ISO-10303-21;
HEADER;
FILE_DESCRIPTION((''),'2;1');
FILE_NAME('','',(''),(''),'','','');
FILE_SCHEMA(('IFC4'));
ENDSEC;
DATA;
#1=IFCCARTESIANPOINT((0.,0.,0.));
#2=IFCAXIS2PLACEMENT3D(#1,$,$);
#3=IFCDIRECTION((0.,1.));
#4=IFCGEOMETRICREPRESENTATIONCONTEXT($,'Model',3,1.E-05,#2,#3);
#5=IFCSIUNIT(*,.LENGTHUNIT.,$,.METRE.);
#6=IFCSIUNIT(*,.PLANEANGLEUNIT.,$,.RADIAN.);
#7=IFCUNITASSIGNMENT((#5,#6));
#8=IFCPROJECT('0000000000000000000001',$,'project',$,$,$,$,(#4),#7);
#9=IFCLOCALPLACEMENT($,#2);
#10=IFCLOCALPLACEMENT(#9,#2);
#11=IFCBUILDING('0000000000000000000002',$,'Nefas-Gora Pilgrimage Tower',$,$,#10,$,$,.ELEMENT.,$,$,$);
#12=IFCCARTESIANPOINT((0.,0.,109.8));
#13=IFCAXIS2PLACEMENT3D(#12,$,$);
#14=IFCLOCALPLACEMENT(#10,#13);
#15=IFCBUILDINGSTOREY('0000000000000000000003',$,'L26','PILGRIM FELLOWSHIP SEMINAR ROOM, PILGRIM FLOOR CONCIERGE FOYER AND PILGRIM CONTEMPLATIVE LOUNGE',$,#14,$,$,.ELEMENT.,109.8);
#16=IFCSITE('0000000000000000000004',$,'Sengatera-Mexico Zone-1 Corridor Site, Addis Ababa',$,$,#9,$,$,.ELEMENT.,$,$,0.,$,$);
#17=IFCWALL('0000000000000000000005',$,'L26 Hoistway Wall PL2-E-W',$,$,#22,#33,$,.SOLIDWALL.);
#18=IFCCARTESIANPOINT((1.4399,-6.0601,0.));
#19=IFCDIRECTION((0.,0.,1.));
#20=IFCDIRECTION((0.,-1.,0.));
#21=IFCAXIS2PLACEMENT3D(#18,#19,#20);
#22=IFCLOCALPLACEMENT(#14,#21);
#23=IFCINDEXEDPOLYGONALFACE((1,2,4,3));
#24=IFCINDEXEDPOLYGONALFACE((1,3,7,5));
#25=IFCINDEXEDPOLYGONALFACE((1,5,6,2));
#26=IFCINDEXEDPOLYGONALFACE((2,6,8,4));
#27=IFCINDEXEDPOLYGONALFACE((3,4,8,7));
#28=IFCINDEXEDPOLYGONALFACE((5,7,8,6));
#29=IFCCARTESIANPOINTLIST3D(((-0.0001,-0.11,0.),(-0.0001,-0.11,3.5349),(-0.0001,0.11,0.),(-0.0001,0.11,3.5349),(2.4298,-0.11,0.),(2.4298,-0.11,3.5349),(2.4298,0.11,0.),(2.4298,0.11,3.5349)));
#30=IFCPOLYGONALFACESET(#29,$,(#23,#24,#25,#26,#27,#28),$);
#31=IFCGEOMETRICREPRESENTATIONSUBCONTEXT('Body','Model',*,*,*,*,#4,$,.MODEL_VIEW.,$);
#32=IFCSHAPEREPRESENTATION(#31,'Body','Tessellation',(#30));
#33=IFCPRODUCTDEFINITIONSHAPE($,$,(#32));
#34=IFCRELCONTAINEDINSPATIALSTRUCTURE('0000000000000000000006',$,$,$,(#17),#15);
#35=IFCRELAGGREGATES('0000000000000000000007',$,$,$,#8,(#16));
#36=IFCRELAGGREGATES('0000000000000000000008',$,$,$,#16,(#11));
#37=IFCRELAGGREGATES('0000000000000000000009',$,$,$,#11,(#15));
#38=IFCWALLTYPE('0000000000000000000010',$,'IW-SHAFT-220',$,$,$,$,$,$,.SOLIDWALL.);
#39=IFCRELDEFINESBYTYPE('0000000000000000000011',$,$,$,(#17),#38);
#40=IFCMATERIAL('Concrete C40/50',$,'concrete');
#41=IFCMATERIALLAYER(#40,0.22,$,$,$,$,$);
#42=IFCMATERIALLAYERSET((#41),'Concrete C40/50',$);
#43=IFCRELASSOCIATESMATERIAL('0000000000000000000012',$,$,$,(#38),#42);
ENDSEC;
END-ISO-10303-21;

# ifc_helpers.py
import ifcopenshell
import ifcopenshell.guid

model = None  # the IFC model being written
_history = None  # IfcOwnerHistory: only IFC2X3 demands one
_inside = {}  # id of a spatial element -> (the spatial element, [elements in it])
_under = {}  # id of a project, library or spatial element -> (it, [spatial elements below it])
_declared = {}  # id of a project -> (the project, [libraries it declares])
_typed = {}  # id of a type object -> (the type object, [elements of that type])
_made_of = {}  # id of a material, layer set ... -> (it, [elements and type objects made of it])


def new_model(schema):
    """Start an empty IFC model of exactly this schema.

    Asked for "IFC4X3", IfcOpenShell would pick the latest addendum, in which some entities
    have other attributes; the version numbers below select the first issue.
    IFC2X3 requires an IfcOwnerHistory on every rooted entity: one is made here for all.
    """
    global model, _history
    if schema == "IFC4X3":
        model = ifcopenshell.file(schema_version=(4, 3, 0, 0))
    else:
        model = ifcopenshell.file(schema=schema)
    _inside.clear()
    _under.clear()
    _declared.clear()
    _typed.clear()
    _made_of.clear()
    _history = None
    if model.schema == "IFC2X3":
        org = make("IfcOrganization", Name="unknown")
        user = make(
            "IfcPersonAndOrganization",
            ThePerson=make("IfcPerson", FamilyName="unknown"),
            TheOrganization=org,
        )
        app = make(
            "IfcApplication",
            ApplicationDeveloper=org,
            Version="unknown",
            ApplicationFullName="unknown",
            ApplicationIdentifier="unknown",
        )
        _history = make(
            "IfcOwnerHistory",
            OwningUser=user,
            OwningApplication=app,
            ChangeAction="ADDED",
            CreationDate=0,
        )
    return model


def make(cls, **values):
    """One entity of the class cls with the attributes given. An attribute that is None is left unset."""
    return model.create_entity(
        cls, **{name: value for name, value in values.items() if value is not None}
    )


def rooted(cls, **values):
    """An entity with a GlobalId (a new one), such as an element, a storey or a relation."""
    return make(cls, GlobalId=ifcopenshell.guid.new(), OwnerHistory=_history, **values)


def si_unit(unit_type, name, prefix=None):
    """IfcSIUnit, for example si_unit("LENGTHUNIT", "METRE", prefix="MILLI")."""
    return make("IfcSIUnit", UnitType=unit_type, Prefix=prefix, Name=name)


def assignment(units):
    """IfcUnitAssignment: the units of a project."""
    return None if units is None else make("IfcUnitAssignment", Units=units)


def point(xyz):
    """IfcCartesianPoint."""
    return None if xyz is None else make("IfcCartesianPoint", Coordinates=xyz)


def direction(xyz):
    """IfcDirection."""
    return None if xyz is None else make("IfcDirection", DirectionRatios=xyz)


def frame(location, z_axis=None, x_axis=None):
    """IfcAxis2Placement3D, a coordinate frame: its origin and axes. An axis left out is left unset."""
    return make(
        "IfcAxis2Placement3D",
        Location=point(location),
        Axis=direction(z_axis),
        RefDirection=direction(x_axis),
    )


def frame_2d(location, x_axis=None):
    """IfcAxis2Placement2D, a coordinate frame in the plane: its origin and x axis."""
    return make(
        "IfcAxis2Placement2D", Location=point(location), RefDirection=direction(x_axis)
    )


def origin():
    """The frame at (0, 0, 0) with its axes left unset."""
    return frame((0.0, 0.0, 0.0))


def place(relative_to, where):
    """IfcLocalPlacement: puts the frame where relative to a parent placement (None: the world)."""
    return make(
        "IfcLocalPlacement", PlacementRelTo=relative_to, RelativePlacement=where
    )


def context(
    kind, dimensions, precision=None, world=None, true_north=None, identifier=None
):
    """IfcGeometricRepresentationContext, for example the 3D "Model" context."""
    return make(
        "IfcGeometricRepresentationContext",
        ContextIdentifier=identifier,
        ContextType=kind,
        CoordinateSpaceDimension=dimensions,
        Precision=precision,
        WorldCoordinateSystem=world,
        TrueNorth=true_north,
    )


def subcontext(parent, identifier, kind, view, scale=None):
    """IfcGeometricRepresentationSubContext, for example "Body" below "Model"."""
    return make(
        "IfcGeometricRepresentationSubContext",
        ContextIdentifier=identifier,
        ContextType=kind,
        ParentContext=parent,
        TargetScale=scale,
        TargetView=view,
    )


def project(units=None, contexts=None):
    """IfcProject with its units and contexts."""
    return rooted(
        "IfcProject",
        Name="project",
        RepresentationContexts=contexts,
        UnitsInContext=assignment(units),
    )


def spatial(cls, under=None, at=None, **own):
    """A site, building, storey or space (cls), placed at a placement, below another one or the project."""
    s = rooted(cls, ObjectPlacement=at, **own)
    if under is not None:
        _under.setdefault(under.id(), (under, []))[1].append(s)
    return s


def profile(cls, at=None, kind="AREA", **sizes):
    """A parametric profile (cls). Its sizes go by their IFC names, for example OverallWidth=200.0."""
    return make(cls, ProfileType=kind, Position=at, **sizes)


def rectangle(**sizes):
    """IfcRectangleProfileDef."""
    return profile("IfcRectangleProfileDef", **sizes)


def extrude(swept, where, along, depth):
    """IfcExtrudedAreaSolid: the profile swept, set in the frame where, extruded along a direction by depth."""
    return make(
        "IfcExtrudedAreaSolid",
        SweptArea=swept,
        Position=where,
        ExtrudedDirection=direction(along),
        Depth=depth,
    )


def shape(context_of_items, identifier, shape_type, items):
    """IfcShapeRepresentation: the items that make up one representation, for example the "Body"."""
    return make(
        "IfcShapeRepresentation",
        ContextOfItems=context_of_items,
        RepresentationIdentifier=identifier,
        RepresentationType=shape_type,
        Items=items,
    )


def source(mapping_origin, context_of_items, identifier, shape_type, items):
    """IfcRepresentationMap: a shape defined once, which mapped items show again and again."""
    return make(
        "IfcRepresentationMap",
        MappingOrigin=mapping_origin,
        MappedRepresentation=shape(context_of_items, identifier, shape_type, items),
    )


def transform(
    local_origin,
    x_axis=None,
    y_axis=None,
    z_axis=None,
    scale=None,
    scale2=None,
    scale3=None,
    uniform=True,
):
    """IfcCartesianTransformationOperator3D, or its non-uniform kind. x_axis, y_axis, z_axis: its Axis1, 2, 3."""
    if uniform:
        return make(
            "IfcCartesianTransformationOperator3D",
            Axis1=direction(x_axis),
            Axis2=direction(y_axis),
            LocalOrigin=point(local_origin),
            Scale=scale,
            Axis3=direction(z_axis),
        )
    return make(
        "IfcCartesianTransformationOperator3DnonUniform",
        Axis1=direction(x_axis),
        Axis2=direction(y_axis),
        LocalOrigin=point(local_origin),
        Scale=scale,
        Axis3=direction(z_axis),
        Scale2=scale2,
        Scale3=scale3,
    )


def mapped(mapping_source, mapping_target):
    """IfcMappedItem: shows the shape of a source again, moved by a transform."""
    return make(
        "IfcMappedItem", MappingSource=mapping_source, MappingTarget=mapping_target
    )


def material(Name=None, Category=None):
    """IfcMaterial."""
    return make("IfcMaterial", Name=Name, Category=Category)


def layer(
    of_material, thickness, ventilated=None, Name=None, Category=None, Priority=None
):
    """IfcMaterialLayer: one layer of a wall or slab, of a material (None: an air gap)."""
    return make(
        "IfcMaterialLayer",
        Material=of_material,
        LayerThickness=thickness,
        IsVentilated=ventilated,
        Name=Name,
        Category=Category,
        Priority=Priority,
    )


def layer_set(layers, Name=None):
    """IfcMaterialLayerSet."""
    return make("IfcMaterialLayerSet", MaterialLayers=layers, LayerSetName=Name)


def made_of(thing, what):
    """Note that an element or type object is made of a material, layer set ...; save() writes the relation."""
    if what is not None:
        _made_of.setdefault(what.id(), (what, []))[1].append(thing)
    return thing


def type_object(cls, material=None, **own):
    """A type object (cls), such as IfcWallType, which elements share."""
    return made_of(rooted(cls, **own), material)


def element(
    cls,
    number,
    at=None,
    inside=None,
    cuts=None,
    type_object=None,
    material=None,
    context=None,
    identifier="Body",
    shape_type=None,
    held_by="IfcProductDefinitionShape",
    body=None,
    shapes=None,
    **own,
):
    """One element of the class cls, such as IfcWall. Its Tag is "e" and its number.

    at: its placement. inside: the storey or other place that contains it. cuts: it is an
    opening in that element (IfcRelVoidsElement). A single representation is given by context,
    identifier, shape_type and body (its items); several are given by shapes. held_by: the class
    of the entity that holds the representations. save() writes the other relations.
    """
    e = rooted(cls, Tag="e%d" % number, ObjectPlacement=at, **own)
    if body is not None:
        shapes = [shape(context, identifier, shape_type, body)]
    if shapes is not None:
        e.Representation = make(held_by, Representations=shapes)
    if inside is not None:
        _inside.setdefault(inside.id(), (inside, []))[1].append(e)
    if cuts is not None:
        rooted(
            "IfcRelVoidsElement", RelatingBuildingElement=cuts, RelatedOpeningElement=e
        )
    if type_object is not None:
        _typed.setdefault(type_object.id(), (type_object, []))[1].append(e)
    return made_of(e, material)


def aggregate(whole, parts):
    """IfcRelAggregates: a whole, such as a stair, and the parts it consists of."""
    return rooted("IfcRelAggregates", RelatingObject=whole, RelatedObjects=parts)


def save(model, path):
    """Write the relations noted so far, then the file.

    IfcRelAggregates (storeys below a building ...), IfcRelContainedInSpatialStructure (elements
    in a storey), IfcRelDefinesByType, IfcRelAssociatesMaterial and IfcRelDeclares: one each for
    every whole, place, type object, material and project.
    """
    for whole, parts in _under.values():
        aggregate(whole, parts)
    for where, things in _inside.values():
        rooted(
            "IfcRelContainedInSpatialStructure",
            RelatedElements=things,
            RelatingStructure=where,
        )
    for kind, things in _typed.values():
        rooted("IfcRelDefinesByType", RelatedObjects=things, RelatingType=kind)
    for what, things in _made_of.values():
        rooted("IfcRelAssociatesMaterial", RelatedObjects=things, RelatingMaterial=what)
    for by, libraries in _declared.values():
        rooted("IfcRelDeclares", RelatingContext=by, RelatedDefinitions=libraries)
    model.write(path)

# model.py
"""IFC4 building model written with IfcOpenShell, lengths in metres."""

from ifc_helpers import new_model, si_unit, direction, frame, frame_2d, origin, place, context, subcontext, project, spatial, rectangle, extrude, source, transform, mapped, material, layer, layer_set, type_object, element, save


model = new_model("IFC4")

# Units and contexts
model_context = context("Model", 3, precision=1e-05, world=origin(), true_north=direction((0.0, 1.0)))
body_context = subcontext(model_context, "Body", "Model", "MODEL_VIEW")
ifc_project = project(units=[si_unit("LENGTHUNIT", "METRE"), si_unit("PLANEANGLEUNIT", "RADIAN")], contexts=[model_context])

# Site, building, storey
site_placement = place(None, origin())
site = spatial("IfcSite", under=ifc_project, at=site_placement, Name="Sengatera-Mexico Zone-1 Corridor Site, Addis Ababa", CompositionType="ELEMENT", RefElevation=0.0)
building_placement = place(site_placement, origin())
building = spatial("IfcBuilding", under=site, at=building_placement, Name="Nefas-Gora Pilgrimage Tower", CompositionType="ELEMENT")
storey_placement = place(building_placement, frame((0.0, 0.0, 109.8)))
storey = spatial("IfcBuildingStorey", under=building, at=storey_placement, Name="L26", Description="PILGRIM FELLOWSHIP SEMINAR ROOM, PILGRIM FLOOR CONCIERGE FOYER AND PILGRIM CONTEMPLATIVE LOUNGE", CompositionType="ELEMENT", Elevation=109.8)

# Shared definitions
ifc_material_1 = material(Name="Concrete C40/50", Category="concrete")
ifc_layer_1 = layer(ifc_material_1, 0.22)
ifc_layer_set_1 = layer_set([ifc_layer_1], Name="Concrete C40/50")
wall_type_1 = type_object("IfcWallType", Name="IW-SHAFT-220", PredefinedType="SOLIDWALL", material=ifc_layer_set_1)

# Wall
shared_shape_1 = source(origin(), body_context, "Body", "SweptSolid", [
    extrude(rectangle(XDim=2.4299, YDim=0.22, at=frame_2d((1.2148, 0.0))), origin(), (0.0, 0.0, 1.0), 3.5349),
])
for number, where, z_axis, x_axis, name in (
    (1, (1.4399, -6.0601, 0.0), (0.0, 0.0, 1.0), (0.0, -1.0, 0.0), "L26 Hoistway Wall PL2-E-W"),
):
    element("IfcWall", number, at=place(storey_placement, frame(where, z_axis=z_axis, x_axis=x_axis)), inside=storey, type_object=wall_type_1, Name=name, PredefinedType="SOLIDWALL", context=body_context, shape_type="MappedRepresentation", body=[
        mapped(shared_shape_1, transform((0.0, 0.0, 0.0), x_axis=(1.0, 0.0, 0.0), y_axis=(0.0, 1.0, 0.0), z_axis=(0.0, 0.0, 1.0), scale=1.0)),
    ])

save(model, "model.ifc")
